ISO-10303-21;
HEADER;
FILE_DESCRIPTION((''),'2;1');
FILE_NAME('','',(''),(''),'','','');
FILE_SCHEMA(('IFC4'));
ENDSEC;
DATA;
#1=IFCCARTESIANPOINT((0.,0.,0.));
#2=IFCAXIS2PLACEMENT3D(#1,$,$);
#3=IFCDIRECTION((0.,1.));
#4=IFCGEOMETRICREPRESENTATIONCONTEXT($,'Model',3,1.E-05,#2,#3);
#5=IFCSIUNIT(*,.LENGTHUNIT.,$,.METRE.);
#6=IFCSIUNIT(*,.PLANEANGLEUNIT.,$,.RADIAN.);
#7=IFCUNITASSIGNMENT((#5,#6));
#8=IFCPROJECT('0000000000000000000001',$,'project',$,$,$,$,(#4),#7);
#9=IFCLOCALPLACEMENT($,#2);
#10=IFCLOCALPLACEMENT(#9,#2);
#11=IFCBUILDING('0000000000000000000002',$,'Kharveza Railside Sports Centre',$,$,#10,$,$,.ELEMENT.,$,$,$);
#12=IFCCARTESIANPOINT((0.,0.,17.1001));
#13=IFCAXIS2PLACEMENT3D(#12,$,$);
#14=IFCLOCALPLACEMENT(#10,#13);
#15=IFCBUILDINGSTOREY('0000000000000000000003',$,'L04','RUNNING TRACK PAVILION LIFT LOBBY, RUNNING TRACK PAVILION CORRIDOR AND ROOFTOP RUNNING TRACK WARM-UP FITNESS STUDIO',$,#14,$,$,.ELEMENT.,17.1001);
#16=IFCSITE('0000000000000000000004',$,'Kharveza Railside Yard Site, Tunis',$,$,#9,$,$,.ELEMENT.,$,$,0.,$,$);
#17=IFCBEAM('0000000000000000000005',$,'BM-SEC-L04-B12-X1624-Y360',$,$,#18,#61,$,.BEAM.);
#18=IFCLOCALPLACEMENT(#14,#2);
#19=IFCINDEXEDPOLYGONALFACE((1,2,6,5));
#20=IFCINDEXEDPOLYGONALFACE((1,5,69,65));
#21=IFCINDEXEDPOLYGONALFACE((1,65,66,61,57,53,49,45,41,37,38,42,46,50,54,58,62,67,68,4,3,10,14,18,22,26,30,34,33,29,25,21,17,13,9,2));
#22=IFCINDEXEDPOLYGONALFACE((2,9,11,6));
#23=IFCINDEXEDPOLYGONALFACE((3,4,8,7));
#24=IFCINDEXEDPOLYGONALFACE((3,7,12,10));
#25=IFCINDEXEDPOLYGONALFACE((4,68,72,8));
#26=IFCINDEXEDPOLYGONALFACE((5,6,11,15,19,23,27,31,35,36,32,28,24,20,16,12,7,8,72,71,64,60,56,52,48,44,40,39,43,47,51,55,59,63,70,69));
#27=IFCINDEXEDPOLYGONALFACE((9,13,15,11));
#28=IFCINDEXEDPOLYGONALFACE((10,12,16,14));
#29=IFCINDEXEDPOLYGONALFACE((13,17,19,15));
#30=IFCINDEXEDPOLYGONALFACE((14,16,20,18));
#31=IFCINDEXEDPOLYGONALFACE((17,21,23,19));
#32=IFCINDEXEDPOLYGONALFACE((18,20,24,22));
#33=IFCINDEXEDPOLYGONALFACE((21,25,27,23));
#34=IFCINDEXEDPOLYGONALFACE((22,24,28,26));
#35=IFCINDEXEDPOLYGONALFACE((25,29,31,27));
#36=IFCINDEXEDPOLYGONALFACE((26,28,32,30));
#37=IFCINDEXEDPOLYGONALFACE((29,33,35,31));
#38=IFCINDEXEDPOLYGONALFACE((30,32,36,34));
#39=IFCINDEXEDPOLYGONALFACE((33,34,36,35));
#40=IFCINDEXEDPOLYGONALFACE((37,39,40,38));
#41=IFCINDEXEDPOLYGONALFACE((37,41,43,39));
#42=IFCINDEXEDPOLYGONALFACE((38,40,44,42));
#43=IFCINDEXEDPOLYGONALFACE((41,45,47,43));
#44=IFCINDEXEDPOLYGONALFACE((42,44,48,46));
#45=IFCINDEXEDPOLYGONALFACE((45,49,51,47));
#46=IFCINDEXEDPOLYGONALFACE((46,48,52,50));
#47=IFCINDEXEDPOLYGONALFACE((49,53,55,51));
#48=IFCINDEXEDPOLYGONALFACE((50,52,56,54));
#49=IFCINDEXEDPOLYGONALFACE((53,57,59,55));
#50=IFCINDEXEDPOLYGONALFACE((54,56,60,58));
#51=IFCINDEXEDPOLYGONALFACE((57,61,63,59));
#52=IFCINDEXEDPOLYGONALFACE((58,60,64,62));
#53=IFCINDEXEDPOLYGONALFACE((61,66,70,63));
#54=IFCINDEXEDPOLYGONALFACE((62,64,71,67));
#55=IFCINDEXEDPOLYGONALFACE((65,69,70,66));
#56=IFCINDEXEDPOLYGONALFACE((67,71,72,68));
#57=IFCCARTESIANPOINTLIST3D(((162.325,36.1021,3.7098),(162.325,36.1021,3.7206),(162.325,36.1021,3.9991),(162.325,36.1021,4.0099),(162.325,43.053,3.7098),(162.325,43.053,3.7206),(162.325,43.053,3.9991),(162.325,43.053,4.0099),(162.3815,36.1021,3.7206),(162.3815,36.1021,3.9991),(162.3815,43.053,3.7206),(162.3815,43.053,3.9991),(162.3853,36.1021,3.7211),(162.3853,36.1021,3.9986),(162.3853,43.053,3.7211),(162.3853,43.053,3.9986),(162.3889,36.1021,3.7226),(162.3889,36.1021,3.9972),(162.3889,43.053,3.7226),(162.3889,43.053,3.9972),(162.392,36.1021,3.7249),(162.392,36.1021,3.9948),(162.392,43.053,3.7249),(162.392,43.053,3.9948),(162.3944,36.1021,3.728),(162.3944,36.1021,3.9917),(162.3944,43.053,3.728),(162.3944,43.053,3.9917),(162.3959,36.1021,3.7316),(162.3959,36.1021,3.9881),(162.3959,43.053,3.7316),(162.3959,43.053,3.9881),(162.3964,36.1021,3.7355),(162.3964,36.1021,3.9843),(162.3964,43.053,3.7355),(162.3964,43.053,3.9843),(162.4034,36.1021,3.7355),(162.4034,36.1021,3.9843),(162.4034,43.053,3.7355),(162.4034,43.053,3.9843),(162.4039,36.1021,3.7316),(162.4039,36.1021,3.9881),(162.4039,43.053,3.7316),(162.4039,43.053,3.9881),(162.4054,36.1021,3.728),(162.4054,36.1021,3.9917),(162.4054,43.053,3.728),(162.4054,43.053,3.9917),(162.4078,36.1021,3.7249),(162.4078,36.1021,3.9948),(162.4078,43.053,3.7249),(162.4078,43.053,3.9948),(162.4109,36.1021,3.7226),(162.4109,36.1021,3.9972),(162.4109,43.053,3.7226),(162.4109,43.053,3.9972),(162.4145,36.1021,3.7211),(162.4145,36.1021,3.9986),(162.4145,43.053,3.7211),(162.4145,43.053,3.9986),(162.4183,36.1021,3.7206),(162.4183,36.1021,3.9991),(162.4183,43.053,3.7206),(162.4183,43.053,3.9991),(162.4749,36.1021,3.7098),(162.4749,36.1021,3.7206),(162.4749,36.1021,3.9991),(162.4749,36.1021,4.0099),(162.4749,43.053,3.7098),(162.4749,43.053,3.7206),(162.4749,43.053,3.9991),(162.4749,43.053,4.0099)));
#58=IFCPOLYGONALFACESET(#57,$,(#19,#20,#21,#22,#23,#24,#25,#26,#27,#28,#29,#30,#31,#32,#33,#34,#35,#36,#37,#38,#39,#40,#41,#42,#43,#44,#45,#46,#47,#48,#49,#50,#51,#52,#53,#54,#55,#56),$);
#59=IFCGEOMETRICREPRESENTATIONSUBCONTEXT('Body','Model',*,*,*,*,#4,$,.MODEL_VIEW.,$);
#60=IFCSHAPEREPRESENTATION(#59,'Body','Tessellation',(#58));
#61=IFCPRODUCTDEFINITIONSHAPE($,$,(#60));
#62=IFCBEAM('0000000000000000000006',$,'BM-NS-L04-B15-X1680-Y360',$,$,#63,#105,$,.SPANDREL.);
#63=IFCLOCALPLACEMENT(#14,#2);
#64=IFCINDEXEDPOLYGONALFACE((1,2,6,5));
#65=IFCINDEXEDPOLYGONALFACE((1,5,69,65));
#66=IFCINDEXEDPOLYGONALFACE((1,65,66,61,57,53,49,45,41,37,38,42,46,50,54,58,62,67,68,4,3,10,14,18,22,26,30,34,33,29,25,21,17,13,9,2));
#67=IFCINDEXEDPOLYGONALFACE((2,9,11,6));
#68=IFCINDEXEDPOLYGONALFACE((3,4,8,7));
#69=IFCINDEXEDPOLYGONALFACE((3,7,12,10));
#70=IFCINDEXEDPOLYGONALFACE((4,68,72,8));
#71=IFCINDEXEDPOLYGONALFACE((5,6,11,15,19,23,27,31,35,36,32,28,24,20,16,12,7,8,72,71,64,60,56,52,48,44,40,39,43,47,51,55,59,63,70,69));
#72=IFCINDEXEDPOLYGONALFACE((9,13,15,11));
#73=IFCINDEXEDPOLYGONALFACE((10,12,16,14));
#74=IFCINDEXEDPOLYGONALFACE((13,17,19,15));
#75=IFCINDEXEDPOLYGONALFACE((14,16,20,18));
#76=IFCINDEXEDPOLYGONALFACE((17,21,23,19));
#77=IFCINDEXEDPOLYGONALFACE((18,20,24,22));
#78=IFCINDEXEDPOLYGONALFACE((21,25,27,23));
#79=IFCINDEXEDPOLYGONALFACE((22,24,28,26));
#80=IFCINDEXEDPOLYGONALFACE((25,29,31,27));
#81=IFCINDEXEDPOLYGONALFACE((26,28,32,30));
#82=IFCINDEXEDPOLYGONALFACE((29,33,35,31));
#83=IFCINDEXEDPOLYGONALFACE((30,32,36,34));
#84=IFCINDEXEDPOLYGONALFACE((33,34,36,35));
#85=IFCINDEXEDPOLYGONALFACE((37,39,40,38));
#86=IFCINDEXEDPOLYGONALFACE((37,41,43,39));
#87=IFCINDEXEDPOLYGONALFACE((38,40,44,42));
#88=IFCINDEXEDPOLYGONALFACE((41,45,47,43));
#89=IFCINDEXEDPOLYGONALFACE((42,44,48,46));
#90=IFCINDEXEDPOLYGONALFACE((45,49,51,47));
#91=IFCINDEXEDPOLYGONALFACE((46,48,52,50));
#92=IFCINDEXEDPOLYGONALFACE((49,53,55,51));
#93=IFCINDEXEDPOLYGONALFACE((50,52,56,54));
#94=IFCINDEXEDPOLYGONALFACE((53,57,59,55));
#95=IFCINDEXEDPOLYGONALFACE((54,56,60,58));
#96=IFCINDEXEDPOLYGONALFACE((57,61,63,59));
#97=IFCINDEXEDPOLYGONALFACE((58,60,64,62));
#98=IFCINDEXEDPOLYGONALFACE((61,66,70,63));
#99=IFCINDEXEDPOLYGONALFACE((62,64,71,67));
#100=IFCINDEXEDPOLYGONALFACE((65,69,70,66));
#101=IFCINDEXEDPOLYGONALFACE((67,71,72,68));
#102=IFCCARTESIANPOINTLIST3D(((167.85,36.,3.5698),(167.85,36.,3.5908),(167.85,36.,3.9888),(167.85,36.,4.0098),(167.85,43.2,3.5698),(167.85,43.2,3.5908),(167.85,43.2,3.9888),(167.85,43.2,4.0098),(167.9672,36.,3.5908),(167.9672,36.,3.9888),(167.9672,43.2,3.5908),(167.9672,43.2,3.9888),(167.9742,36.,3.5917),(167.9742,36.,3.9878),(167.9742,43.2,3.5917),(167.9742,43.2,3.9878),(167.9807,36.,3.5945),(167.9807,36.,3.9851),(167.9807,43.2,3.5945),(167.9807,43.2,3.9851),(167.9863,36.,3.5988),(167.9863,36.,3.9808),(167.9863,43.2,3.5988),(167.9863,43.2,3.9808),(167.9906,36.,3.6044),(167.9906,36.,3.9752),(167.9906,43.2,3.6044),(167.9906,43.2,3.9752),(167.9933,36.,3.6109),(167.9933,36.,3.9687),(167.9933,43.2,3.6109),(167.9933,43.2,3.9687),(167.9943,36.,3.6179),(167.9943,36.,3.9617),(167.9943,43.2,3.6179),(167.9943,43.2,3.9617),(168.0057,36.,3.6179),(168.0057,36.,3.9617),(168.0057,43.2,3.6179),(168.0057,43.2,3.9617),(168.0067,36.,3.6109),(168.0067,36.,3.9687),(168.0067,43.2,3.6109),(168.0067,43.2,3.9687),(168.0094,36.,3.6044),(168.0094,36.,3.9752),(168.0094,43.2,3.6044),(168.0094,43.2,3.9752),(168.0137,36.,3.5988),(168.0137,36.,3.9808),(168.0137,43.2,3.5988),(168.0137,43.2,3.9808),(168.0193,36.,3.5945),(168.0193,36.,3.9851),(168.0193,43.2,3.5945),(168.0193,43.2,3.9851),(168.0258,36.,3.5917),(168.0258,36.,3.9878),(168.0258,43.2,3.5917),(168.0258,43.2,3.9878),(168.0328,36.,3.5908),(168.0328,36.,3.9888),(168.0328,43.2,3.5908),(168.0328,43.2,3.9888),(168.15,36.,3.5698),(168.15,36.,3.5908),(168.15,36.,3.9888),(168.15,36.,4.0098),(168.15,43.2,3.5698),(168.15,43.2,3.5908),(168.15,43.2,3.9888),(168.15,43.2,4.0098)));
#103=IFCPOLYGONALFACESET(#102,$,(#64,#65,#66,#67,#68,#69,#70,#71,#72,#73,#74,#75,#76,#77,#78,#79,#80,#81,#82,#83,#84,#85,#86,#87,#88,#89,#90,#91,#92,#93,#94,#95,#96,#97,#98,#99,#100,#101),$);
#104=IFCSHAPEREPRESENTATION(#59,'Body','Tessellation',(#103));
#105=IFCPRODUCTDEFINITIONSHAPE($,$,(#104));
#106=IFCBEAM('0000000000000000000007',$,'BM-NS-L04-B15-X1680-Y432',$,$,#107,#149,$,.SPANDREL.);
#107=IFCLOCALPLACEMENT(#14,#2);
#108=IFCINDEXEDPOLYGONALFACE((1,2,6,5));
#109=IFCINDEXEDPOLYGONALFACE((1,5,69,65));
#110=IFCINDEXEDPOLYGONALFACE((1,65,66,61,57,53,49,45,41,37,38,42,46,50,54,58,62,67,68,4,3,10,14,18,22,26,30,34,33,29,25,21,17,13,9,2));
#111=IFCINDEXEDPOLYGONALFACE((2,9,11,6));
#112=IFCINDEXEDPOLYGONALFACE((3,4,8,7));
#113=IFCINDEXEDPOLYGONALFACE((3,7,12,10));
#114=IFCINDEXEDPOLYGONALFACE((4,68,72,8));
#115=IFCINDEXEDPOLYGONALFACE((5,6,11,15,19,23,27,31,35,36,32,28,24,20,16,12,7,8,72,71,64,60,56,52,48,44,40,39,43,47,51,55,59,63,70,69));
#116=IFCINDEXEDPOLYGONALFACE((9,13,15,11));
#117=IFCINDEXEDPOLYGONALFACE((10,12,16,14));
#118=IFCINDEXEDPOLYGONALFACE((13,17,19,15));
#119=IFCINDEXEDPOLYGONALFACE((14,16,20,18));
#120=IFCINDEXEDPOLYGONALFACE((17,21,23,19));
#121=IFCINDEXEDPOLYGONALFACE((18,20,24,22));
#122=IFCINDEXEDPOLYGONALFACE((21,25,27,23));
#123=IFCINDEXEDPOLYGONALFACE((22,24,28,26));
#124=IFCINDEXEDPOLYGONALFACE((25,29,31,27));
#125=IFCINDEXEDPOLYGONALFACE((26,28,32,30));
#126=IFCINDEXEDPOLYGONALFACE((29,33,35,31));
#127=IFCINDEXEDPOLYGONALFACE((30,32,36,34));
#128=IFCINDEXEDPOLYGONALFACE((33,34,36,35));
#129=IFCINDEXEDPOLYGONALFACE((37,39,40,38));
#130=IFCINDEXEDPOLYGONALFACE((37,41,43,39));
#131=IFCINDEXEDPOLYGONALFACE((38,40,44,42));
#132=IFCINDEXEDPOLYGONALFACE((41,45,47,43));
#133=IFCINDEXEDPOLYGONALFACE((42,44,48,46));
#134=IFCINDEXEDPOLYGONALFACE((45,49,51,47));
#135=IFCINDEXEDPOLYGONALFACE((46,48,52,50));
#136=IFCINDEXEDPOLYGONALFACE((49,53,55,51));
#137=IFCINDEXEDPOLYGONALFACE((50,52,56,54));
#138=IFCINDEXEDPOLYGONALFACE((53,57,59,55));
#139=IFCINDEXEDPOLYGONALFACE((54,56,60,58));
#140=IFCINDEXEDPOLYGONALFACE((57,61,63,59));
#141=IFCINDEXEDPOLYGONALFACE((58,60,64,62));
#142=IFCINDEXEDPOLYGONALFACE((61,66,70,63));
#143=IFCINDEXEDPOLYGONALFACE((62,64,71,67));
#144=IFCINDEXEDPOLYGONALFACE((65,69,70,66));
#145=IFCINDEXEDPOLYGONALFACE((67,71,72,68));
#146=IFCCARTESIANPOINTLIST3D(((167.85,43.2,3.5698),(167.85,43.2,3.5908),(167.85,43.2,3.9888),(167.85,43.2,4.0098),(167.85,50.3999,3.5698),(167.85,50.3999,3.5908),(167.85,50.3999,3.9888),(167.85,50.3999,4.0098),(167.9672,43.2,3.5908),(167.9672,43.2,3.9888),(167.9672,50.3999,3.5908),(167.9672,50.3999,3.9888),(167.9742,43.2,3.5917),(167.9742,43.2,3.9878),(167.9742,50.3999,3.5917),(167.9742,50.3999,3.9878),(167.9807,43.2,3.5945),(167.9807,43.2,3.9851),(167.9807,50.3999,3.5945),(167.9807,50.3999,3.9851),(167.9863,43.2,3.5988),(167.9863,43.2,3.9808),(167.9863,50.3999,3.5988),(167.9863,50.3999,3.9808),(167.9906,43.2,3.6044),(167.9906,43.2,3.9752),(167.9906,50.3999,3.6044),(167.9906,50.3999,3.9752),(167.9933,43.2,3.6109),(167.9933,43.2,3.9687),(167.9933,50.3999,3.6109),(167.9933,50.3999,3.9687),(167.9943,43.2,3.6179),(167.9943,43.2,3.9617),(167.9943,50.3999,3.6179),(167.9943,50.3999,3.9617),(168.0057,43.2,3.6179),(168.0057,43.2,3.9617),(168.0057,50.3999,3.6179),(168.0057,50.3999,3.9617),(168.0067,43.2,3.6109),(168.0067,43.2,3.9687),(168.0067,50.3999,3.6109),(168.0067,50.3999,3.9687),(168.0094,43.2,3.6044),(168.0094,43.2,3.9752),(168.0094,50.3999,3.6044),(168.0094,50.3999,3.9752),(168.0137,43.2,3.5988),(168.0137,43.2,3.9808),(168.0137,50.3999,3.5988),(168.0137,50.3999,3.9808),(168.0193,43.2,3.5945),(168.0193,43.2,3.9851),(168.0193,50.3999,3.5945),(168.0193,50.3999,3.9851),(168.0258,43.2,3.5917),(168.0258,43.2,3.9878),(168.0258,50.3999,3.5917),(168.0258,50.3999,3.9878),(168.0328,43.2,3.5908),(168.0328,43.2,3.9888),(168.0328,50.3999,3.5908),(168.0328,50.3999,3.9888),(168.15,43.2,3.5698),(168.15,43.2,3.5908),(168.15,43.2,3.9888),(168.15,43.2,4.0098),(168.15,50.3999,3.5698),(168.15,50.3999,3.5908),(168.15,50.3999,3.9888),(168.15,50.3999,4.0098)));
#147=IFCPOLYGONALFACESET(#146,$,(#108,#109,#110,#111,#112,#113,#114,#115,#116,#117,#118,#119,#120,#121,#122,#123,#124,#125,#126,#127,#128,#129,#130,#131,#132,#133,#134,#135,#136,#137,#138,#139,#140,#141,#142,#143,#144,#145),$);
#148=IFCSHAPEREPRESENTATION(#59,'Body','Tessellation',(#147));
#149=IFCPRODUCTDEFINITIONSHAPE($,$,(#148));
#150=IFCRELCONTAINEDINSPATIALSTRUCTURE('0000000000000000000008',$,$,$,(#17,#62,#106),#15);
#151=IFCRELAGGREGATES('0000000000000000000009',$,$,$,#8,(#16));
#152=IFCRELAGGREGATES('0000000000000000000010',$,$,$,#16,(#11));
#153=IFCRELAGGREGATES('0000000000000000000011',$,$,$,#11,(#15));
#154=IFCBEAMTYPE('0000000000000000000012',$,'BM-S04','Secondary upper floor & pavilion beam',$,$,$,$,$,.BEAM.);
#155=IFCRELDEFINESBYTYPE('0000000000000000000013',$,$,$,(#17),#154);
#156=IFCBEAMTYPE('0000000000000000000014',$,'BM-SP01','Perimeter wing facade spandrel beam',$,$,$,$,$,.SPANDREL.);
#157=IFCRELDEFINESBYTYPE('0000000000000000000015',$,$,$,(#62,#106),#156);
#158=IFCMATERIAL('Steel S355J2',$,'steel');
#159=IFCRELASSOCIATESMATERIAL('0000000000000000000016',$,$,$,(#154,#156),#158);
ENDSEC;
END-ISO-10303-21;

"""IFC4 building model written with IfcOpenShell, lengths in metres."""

from ifc_helpers import new_model, si_unit, direction, frame, origin, origin_2d, place, context, subcontext, project, spatial, i_section, extrude, material, material_profile, profile_set, type_object, element, save


model = new_model("IFC4")

# Units and contexts
model_context = context("Model", 3, precision=1e-05, world=origin(), true_north=direction((0.0, 1.0)))
body_context = subcontext(model_context, "Body", "Model", "MODEL_VIEW")
ifc_project = project(units=[si_unit("LENGTHUNIT", "METRE"), si_unit("PLANEANGLEUNIT", "RADIAN")], contexts=[model_context])

# Site, building, storey
site_placement = place(None, origin())
site = spatial("IfcSite", under=ifc_project, at=site_placement, Name="Kharveza Railside Yard Site, Tunis", CompositionType="ELEMENT", RefElevation=0.0)
building_placement = place(site_placement, origin())
building = spatial("IfcBuilding", under=site, at=building_placement, Name="Kharveza Railside Sports Centre", CompositionType="ELEMENT")
storey_placement = place(building_placement, frame((0.0, 0.0, 17.1001)))
storey = spatial("IfcBuildingStorey", under=building, at=storey_placement, Name="L04", Description="RUNNING TRACK PAVILION LIFT LOBBY, RUNNING TRACK PAVILION CORRIDOR AND ROOFTOP RUNNING TRACK WARM-UP FITNESS STUDIO", CompositionType="ELEMENT", Elevation=17.1001)

# Shared definitions
ifc_material_1 = material(Name="Steel S355J2", Category="steel")

# Beams
ifc_material_profile_1 = material_profile(ifc_material_1, i_section(OverallWidth=0.1499, OverallDepth=0.3, WebThickness=0.0071, FlangeThickness=0.0107, FilletRadius=0.0149, at=origin_2d()), Name="IPE 300")
ifc_profile_set_1 = profile_set([ifc_material_profile_1], Name="Steel S355J2")
beam_type_1 = type_object("IfcBeamType", Name="BM-S04", Description="Secondary upper floor & pavilion beam", PredefinedType="BEAM", material=ifc_profile_set_1)
beam_1_placement = place(storey_placement, frame((162.3999, 36.1021, 3.8599), z_axis=(0.0, 1.0, 0.0), x_axis=(-1.0, 0.0, 0.0)))
element("IfcBeam", 1, at=beam_1_placement, inside=storey, type_object=beam_type_1, Name="BM-SEC-L04-B12-X1624-Y360", PredefinedType="BEAM", context=body_context, shape_type="SweptSolid", body=[
    extrude(i_section(OverallWidth=0.1499, OverallDepth=0.3, WebThickness=0.0071, FlangeThickness=0.0107, FilletRadius=0.0149, at=origin_2d()), origin(), (0.0, 0.0, 1.0), 6.9509),
])
ifc_material_profile_2 = material_profile(ifc_material_1, i_section(OverallWidth=0.3, OverallDepth=0.4399, WebThickness=0.0115, FlangeThickness=0.021, FilletRadius=0.0271, at=origin_2d()), Name="HEA 450")
ifc_profile_set_2 = profile_set([ifc_material_profile_2], Name="Steel S355J2")
beam_type_2 = type_object("IfcBeamType", Name="BM-SP01", Description="Perimeter wing facade spandrel beam", PredefinedType="SPANDREL", material=ifc_profile_set_2)
for number, where, z_axis, x_axis, name in (
    (2, (168.0, 36.0, 3.7898), (0.0, 1.0, 0.0), (-1.0, 0.0, 0.0), "BM-NS-L04-B15-X1680-Y360"),
    (3, (168.0, 43.2, 3.7898), (0.0, 1.0, 0.0), (-1.0, 0.0, 0.0), "BM-NS-L04-B15-X1680-Y432"),
):
    element("IfcBeam", number, at=place(storey_placement, frame(where, z_axis=z_axis, x_axis=x_axis)), inside=storey, type_object=beam_type_2, Name=name, PredefinedType="SPANDREL", context=body_context, shape_type="SweptSolid", body=[
        extrude(i_section(OverallWidth=0.3, OverallDepth=0.4399, WebThickness=0.0115, FlangeThickness=0.021, FilletRadius=0.0271, at=origin_2d()), origin(), (0.0, 0.0, 1.0), 7.2),
    ])

save(model, "model.ifc")
